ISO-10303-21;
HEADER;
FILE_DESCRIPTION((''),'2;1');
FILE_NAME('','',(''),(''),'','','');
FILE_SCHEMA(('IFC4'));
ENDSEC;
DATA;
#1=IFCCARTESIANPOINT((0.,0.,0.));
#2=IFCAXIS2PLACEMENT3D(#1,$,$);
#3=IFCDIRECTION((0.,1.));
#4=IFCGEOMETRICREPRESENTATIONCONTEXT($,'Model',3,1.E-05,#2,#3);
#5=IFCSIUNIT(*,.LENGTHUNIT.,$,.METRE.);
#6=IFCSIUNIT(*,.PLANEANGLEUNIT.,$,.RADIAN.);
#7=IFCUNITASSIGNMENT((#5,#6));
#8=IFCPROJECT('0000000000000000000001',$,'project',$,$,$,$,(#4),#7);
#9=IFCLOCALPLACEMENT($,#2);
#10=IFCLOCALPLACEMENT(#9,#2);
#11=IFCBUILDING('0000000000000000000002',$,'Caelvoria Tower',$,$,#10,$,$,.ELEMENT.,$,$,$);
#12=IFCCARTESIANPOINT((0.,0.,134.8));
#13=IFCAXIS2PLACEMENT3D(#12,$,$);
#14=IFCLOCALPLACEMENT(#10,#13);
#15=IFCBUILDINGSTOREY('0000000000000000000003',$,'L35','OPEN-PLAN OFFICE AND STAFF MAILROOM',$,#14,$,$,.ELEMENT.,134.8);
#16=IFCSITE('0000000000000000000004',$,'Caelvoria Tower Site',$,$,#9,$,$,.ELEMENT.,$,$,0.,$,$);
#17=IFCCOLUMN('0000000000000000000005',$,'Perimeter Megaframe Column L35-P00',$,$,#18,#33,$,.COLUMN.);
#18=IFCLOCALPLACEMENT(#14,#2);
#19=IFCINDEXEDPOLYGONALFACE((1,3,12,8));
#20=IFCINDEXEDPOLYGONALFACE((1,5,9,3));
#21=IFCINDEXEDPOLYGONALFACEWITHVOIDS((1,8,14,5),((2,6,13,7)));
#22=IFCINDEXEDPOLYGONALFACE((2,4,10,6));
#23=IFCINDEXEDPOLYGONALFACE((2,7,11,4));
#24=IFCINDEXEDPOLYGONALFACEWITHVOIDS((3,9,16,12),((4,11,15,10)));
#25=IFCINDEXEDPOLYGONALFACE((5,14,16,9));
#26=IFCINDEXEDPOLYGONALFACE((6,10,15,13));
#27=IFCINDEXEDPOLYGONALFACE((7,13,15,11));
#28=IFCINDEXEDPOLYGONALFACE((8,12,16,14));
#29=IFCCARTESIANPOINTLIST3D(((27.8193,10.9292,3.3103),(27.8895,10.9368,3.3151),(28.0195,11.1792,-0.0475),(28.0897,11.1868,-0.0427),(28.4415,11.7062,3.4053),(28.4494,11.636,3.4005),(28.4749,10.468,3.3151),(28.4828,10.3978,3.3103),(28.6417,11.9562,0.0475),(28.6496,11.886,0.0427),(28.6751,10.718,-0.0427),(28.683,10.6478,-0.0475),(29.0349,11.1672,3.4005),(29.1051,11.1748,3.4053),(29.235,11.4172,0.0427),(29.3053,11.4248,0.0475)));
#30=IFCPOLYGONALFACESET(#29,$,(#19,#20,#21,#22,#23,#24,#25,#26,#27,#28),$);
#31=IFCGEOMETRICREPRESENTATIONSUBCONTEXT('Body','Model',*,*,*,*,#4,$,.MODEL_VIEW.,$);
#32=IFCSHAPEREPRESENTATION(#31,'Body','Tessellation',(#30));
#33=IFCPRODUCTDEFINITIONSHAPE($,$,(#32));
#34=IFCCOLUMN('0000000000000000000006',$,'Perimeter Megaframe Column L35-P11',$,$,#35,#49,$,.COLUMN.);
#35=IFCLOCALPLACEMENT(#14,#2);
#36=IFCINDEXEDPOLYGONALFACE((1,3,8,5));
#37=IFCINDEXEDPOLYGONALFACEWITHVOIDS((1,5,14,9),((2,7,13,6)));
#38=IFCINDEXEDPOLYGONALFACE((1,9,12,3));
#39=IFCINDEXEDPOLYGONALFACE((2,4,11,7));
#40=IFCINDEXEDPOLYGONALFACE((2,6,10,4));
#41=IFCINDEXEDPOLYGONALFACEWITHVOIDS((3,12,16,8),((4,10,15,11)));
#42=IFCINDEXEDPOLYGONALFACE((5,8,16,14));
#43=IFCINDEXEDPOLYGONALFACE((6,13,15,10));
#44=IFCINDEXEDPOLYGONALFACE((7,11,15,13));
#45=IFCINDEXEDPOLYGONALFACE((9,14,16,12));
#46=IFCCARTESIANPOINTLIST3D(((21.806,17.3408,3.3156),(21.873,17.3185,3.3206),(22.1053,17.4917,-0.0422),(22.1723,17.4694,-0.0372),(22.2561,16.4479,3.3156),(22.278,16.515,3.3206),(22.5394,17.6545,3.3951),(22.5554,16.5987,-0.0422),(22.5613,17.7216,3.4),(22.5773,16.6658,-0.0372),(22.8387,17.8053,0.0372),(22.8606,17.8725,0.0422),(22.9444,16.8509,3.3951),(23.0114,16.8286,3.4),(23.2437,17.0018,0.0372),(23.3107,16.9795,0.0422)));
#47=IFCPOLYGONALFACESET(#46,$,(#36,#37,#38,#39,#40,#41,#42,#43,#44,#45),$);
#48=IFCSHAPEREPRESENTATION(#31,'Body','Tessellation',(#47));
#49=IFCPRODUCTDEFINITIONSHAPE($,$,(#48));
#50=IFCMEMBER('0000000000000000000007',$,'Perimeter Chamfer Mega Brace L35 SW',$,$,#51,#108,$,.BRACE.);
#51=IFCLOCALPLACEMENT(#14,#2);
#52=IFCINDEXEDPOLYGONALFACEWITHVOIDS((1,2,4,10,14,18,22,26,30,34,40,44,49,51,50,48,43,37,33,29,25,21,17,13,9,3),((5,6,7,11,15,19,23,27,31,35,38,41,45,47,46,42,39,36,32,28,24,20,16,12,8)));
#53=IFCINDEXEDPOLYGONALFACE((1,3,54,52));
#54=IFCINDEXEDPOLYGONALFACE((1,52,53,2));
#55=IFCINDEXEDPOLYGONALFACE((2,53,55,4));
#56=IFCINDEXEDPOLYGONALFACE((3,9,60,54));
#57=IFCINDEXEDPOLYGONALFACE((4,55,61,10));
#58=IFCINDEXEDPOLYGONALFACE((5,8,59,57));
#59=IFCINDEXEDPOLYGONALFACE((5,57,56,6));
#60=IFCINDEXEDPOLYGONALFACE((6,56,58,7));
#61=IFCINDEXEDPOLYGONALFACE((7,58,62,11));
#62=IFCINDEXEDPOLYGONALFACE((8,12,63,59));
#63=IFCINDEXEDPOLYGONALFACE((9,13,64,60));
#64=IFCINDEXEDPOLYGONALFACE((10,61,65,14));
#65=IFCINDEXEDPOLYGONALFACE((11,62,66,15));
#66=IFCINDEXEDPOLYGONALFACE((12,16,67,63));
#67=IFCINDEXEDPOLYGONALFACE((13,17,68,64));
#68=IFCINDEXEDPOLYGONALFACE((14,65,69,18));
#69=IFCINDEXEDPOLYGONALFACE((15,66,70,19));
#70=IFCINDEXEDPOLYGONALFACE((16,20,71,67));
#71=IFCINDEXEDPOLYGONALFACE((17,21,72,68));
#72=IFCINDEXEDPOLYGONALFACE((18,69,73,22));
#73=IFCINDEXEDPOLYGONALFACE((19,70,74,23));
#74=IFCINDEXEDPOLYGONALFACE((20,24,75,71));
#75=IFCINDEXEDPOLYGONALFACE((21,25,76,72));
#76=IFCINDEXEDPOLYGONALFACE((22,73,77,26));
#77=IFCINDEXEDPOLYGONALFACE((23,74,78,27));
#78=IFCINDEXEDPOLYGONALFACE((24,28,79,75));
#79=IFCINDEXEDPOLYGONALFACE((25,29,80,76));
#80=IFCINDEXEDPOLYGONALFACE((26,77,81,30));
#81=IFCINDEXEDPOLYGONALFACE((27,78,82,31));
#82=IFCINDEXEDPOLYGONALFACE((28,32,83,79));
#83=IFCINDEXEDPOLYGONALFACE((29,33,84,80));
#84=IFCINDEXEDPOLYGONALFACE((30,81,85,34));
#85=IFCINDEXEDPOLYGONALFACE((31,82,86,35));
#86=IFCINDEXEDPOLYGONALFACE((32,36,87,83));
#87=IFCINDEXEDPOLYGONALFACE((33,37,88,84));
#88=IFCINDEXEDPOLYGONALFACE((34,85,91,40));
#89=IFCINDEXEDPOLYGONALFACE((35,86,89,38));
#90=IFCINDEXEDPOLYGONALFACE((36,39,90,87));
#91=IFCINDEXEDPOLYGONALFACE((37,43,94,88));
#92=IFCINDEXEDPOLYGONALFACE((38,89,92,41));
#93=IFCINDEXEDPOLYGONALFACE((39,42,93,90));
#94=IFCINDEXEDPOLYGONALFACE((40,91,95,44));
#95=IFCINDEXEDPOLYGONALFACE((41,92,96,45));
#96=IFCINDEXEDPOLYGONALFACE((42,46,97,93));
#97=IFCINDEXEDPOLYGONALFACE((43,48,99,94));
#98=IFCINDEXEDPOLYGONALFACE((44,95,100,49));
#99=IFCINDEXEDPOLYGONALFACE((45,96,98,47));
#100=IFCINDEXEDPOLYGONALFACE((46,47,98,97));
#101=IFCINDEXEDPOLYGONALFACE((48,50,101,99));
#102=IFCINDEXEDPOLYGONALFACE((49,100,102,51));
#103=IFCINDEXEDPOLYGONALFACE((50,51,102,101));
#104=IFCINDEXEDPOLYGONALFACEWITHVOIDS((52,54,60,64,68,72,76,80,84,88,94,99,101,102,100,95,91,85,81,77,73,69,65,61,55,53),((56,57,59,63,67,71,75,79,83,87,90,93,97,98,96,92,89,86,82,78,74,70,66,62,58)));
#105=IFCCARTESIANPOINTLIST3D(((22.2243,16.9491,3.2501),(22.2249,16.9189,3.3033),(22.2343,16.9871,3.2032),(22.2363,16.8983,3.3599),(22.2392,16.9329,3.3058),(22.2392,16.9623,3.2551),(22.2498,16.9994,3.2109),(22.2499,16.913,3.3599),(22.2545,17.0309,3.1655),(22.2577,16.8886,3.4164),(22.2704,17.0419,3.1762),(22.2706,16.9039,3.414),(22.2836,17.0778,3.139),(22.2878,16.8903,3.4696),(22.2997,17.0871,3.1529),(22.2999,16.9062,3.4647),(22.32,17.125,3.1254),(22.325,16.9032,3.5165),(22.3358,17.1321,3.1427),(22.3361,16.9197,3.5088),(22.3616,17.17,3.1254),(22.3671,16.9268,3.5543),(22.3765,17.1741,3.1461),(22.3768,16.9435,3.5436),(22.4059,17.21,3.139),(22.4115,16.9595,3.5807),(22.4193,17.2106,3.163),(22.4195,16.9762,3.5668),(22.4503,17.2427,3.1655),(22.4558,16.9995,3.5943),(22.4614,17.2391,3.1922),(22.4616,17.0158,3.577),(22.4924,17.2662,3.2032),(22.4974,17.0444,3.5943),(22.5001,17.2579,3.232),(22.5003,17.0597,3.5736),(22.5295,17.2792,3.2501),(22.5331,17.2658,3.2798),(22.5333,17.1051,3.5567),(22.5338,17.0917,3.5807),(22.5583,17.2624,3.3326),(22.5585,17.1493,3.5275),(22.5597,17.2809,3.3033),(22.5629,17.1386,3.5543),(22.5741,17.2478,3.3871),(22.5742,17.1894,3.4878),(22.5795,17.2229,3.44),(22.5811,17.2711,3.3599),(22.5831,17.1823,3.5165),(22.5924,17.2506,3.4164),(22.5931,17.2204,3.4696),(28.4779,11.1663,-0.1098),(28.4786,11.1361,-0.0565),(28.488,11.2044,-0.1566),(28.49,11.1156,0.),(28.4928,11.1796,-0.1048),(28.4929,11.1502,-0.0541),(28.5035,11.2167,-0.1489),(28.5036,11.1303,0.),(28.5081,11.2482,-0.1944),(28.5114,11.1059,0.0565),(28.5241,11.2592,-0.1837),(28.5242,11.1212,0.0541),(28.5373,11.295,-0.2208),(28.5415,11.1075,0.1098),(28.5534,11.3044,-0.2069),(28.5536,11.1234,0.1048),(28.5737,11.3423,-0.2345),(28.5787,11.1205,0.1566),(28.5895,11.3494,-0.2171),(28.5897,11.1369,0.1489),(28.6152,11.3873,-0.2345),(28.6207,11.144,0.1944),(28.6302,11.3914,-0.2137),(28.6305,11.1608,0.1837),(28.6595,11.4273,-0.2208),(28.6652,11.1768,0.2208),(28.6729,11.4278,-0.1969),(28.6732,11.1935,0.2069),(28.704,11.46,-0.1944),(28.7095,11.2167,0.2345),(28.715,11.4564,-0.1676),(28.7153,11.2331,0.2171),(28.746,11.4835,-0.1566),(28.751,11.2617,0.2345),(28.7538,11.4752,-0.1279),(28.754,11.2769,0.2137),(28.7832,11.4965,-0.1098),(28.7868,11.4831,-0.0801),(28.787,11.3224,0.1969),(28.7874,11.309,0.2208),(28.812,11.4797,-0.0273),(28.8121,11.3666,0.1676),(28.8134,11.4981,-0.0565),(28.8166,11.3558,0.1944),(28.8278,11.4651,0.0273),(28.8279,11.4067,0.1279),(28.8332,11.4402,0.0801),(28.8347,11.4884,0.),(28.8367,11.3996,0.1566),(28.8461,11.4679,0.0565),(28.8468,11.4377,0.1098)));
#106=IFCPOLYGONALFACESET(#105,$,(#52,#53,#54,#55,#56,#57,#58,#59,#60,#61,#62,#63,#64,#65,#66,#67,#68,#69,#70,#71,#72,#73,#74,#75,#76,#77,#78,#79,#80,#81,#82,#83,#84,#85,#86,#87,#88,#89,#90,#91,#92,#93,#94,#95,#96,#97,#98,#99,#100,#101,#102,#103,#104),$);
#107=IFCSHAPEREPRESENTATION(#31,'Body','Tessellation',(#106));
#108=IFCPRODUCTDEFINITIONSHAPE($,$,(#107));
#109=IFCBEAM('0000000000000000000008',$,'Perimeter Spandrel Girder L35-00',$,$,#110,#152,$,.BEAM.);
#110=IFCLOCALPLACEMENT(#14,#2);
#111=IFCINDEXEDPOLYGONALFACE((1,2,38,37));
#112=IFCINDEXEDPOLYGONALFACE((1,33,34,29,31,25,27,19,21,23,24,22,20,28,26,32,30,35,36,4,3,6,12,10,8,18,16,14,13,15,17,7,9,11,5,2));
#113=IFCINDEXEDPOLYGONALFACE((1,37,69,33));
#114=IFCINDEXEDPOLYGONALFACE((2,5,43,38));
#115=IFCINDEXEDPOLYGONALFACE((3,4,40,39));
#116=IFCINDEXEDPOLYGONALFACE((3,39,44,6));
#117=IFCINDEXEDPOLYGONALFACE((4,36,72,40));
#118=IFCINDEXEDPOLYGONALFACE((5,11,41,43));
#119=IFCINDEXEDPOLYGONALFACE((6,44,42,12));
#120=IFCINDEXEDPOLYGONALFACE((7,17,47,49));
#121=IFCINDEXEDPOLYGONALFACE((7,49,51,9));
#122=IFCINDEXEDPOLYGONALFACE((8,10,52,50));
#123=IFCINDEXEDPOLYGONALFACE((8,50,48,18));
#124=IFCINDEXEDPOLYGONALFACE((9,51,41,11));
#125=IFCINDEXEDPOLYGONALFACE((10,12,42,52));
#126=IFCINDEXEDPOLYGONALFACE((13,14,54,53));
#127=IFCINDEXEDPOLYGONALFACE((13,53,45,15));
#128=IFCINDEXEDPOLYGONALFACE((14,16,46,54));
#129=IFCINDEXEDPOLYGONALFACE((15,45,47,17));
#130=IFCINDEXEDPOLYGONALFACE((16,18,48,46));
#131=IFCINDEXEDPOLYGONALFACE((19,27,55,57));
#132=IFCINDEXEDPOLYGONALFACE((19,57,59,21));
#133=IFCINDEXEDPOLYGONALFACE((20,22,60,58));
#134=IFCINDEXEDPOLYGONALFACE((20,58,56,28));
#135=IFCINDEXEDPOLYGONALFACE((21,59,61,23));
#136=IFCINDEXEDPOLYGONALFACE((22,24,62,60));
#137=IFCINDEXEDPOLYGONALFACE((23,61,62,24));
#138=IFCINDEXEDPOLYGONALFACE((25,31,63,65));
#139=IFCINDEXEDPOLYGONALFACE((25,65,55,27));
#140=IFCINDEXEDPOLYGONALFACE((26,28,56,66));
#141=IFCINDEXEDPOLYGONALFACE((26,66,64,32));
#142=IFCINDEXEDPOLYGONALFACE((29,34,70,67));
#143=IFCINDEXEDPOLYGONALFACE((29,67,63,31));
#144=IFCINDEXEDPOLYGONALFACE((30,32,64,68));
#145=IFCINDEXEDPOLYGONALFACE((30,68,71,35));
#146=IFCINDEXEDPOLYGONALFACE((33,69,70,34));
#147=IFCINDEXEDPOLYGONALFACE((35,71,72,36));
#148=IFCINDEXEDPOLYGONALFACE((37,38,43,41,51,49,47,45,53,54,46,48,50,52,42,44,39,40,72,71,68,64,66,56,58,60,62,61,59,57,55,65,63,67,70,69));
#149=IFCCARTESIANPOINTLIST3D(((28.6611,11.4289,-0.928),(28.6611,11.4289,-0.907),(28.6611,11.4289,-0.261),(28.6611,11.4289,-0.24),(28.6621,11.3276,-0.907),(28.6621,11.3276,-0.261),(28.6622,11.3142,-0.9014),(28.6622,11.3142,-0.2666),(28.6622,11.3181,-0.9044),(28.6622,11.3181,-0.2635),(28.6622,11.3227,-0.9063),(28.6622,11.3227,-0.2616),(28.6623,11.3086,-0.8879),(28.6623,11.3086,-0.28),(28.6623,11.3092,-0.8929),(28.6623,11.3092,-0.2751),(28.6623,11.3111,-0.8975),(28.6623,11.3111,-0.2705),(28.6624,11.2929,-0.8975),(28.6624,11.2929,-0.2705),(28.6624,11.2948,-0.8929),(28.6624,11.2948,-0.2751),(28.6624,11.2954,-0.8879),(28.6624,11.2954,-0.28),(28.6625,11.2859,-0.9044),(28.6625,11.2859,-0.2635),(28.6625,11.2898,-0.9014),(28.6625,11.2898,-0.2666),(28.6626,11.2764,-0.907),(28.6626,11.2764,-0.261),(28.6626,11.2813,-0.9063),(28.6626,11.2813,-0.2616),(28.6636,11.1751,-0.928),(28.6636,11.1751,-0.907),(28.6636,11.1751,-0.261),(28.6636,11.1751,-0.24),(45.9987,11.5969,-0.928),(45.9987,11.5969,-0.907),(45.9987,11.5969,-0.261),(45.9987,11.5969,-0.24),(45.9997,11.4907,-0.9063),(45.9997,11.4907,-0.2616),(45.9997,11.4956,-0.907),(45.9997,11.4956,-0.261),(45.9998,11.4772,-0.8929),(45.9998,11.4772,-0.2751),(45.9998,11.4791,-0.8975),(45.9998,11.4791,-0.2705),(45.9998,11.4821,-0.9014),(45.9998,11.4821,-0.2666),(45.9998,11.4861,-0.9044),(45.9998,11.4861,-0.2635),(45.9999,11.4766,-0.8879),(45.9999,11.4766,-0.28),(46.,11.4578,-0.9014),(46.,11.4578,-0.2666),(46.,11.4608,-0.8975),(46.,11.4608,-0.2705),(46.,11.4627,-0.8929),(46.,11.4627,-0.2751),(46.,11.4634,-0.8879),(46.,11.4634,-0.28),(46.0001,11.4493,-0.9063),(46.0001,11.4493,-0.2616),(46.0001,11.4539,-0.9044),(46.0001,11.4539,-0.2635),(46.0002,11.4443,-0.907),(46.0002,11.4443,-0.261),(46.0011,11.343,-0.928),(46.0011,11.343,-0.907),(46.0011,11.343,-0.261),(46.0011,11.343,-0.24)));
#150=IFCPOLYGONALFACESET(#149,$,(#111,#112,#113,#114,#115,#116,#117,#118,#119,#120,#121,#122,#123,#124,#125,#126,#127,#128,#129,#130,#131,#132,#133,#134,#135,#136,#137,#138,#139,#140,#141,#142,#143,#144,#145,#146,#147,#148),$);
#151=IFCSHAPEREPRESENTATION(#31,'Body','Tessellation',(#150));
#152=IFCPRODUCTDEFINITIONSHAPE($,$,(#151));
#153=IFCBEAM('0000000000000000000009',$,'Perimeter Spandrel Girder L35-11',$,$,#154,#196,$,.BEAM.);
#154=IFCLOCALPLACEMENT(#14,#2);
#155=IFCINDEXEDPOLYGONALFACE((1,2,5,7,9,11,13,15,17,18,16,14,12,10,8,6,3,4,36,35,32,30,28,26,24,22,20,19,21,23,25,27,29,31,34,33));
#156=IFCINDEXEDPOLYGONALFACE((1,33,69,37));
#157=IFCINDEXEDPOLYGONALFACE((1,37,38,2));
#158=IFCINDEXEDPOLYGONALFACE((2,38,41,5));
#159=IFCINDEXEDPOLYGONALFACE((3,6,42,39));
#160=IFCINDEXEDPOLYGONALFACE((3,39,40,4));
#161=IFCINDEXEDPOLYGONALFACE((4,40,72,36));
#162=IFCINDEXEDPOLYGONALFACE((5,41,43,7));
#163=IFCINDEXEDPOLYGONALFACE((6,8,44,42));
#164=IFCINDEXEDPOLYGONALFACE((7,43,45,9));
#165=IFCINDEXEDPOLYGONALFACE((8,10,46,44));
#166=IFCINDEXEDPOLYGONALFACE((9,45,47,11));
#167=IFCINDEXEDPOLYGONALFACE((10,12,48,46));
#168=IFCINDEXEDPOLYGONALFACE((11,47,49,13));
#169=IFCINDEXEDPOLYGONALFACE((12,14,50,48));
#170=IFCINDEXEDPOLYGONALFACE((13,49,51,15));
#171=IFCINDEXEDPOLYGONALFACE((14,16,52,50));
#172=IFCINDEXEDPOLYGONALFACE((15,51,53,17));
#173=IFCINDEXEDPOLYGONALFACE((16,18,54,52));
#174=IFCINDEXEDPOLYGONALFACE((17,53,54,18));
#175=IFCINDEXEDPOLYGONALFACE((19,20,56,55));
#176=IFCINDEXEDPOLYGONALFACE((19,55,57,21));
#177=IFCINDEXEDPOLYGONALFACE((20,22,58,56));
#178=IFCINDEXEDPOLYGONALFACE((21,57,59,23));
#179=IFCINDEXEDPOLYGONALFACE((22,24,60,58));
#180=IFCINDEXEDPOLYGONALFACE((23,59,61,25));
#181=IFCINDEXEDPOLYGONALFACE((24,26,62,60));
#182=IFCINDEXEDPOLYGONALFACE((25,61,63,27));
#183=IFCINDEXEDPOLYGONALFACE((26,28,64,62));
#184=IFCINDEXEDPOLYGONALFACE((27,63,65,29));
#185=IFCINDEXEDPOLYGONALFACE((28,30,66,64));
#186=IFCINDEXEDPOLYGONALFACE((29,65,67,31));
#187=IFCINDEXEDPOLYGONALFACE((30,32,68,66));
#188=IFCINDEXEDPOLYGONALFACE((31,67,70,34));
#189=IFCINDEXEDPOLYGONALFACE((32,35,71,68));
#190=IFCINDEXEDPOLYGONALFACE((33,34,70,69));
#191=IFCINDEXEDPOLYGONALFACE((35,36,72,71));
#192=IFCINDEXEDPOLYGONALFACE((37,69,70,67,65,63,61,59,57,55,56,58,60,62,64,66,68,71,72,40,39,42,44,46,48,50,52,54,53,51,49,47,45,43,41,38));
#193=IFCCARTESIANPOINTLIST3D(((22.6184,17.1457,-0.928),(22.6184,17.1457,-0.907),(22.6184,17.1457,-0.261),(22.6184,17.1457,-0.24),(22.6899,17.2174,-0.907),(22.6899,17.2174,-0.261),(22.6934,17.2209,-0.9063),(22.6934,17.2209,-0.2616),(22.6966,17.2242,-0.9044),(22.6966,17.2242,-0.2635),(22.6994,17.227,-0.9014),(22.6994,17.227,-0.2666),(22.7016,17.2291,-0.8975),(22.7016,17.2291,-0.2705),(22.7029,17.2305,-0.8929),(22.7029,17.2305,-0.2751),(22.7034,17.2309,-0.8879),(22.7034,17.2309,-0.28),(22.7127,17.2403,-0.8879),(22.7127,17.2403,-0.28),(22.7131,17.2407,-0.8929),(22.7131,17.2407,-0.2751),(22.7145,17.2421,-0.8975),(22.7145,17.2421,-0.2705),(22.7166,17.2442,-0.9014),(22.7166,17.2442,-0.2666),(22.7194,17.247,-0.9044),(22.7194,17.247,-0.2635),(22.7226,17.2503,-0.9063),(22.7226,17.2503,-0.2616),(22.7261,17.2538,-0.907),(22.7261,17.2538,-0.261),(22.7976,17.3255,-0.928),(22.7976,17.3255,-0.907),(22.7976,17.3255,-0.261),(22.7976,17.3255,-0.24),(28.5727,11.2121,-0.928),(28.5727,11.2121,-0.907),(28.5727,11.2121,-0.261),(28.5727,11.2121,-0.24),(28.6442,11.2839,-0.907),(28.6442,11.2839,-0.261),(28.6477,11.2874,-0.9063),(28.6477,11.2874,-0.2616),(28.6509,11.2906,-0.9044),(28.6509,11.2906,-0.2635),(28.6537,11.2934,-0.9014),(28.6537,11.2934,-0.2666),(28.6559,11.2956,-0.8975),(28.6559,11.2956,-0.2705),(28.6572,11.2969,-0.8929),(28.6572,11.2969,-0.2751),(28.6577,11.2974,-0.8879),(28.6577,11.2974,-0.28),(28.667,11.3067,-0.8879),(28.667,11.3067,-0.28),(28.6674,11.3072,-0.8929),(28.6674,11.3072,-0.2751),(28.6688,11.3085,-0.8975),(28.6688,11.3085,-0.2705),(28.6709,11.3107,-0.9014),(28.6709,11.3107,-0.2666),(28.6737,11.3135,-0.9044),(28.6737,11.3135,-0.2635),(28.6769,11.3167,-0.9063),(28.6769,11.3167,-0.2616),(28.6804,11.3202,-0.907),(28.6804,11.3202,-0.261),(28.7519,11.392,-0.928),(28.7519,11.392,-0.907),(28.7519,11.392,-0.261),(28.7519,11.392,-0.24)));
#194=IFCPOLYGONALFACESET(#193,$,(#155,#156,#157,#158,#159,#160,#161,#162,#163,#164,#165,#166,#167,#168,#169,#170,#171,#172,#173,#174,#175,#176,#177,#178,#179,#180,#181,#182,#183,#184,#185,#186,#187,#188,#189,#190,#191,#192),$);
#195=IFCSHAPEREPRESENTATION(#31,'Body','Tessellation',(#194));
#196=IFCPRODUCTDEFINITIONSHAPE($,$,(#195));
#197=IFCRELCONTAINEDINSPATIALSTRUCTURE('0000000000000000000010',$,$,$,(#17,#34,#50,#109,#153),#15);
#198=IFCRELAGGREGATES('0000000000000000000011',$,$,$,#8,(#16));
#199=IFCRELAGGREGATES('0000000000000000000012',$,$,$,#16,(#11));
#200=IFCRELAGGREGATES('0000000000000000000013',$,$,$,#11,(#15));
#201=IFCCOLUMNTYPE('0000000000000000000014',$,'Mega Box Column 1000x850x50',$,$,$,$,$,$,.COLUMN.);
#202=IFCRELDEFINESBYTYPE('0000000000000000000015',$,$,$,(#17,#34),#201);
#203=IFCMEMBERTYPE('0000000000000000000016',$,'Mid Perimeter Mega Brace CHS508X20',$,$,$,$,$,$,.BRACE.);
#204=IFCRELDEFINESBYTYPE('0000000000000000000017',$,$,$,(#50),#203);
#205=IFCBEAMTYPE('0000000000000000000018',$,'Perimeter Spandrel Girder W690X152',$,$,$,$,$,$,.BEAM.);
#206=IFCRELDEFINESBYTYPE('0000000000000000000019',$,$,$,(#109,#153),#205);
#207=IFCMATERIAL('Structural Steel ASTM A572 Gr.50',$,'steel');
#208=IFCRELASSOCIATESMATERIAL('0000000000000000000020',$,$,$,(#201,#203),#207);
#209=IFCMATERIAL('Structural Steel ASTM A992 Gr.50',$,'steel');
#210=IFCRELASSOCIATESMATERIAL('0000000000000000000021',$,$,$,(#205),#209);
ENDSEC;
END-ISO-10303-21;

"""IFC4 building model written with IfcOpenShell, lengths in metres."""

from ifc_helpers import new_model, si_unit, direction, frame, origin, origin_2d, place, context, subcontext, project, spatial, hollow_rectangle, hollow_circle, i_section, extrude, material, material_profile, profile_set, type_object, element, save


model = new_model("IFC4")

# Units and contexts
model_context = context("Model", 3, precision=1e-05, world=origin(), true_north=direction((0.0, 1.0)))
body_context = subcontext(model_context, "Body", "Model", "MODEL_VIEW")
ifc_project = project(units=[si_unit("LENGTHUNIT", "METRE"), si_unit("PLANEANGLEUNIT", "RADIAN")], contexts=[model_context])

# Site, building, storey
site_placement = place(None, origin())
site = spatial("IfcSite", under=ifc_project, at=site_placement, Name="Caelvoria Tower Site", CompositionType="ELEMENT", RefElevation=0.0)
building_placement = place(site_placement, origin())
building = spatial("IfcBuilding", under=site, at=building_placement, Name="Caelvoria Tower", CompositionType="ELEMENT")
storey_placement = place(building_placement, frame((0.0, 0.0, 134.8)))
storey = spatial("IfcBuildingStorey", under=building, at=storey_placement, Name="L35", Description="OPEN-PLAN OFFICE AND STAFF MAILROOM", CompositionType="ELEMENT", Elevation=134.8)

# Columns
ifc_material_1 = material(Name="Structural Steel ASTM A572 Gr.50", Category="steel")
ifc_material_profile_1 = material_profile(ifc_material_1, hollow_rectangle(XDim=0.8501, YDim=1.0, WallThickness=0.05, at=origin_2d()), Name="Structural Steel ASTM A572 Gr.50")
ifc_profile_set_1 = profile_set([ifc_material_profile_1], Name="BOX1000X850X50 - Structural Steel ASTM A572 Gr.50")
column_type = type_object("IfcColumnType", Name="Mega Box Column 1000x850x50", PredefinedType="COLUMN", material=ifc_profile_set_1)
column_1_placement = place(storey_placement, frame((28.6624, 11.302, 0.0), z_axis=(-0.05935, -0.074115, 0.995482), x_axis=(0.780571, -0.625067, 0.0)))
element("IfcColumn", 1, at=column_1_placement, inside=storey, type_object=column_type, Name="Perimeter Megaframe Column L35-P00", PredefinedType="COLUMN", context=body_context, shape_type="SweptSolid", body=[
    extrude(hollow_rectangle(XDim=0.8501, YDim=1.0, WallThickness=0.05, at=origin_2d()), origin(), (0.0, 0.0, 1.0), 3.373),
])
column_2_placement = place(storey_placement, frame((22.708, 17.2356, 0.0), z_axis=(-0.088697, -0.04471, 0.995055), x_axis=(0.88855, 0.447899, 0.099328)))
element("IfcColumn", 2, at=column_2_placement, inside=storey, type_object=column_type, Name="Perimeter Megaframe Column L35-P11", PredefinedType="COLUMN", context=body_context, shape_type="SweptSolid", body=[
    extrude(hollow_rectangle(XDim=0.8501, YDim=1.0, WallThickness=0.05, at=origin_2d()), origin(), (0.0, 0.0, 1.0), 3.3745),
])

# Member
ifc_material_profile_2 = material_profile(ifc_material_1, hollow_circle(Radius=0.2539, WallThickness=0.02, at=origin_2d()), Name="Structural Steel ASTM A572 Gr.50")
ifc_profile_set_2 = profile_set([ifc_material_profile_2], Name="CHS508X20 - Structural Steel ASTM A572 Gr.50")
member_type = type_object("IfcMemberType", Name="Mid Perimeter Mega Brace CHS508X20", PredefinedType="BRACE", material=ifc_profile_set_2)
member_placement = place(storey_placement, frame((28.6624, 11.302, 0.0), z_axis=(-0.682994, 0.63156, 0.366948), x_axis=(-0.67892, -0.734212, 0.0)))
element("IfcMember", 3, at=member_placement, inside=storey, type_object=member_type, Name="Perimeter Chamfer Mega Brace L35 SW", PredefinedType="BRACE", context=body_context, shape_type="SweptSolid", body=[
    extrude(hollow_circle(Radius=0.2539, WallThickness=0.02, at=origin_2d()), origin(), (0.0, 0.0, 1.0), 9.1562),
])

# Beams
ifc_material_2 = material(Name="Structural Steel ASTM A992 Gr.50", Category="steel")
ifc_material_profile_3 = material_profile(ifc_material_2, i_section(OverallWidth=0.2539, OverallDepth=0.688, WebThickness=0.0132, FlangeThickness=0.021, FilletRadius=0.019, at=origin_2d()), Name="Structural Steel ASTM A992 Gr.50")
ifc_profile_set_3 = profile_set([ifc_material_profile_3], Name="W690X152 - Structural Steel ASTM A992 Gr.50")
beam_type = type_object("IfcBeamType", Name="Perimeter Spandrel Girder W690X152", PredefinedType="BEAM", material=ifc_profile_set_3)
beam_1_placement = place(storey_placement, frame((28.6624, 11.302, -0.584), z_axis=(0.999953, 0.009688, 0.0), x_axis=(-0.009688, 0.999953, 0.0)))
element("IfcBeam", 4, at=beam_1_placement, inside=storey, type_object=beam_type, Name="Perimeter Spandrel Girder L35-00", PredefinedType="BEAM", context=body_context, shape_type="SweptSolid", body=[
    extrude(i_section(OverallWidth=0.2539, OverallDepth=0.688, WebThickness=0.0132, FlangeThickness=0.021, FilletRadius=0.019, at=origin_2d()), origin(), (0.0, 0.0, 1.0), 17.3384),
])
beam_2_placement = place(storey_placement, frame((22.708, 17.2356, -0.584), z_axis=(0.70834, -0.705871, 0.0), x_axis=(0.705871, 0.70834, 0.0)))
element("IfcBeam", 5, at=beam_2_placement, inside=storey, type_object=beam_type, Name="Perimeter Spandrel Girder L35-11", PredefinedType="BEAM", context=body_context, shape_type="SweptSolid", body=[
    extrude(i_section(OverallWidth=0.2539, OverallDepth=0.688, WebThickness=0.0132, FlangeThickness=0.021, FilletRadius=0.019, at=origin_2d()), origin(), (0.0, 0.0, 1.0), 8.406),
])

save(model, "model.ifc")
